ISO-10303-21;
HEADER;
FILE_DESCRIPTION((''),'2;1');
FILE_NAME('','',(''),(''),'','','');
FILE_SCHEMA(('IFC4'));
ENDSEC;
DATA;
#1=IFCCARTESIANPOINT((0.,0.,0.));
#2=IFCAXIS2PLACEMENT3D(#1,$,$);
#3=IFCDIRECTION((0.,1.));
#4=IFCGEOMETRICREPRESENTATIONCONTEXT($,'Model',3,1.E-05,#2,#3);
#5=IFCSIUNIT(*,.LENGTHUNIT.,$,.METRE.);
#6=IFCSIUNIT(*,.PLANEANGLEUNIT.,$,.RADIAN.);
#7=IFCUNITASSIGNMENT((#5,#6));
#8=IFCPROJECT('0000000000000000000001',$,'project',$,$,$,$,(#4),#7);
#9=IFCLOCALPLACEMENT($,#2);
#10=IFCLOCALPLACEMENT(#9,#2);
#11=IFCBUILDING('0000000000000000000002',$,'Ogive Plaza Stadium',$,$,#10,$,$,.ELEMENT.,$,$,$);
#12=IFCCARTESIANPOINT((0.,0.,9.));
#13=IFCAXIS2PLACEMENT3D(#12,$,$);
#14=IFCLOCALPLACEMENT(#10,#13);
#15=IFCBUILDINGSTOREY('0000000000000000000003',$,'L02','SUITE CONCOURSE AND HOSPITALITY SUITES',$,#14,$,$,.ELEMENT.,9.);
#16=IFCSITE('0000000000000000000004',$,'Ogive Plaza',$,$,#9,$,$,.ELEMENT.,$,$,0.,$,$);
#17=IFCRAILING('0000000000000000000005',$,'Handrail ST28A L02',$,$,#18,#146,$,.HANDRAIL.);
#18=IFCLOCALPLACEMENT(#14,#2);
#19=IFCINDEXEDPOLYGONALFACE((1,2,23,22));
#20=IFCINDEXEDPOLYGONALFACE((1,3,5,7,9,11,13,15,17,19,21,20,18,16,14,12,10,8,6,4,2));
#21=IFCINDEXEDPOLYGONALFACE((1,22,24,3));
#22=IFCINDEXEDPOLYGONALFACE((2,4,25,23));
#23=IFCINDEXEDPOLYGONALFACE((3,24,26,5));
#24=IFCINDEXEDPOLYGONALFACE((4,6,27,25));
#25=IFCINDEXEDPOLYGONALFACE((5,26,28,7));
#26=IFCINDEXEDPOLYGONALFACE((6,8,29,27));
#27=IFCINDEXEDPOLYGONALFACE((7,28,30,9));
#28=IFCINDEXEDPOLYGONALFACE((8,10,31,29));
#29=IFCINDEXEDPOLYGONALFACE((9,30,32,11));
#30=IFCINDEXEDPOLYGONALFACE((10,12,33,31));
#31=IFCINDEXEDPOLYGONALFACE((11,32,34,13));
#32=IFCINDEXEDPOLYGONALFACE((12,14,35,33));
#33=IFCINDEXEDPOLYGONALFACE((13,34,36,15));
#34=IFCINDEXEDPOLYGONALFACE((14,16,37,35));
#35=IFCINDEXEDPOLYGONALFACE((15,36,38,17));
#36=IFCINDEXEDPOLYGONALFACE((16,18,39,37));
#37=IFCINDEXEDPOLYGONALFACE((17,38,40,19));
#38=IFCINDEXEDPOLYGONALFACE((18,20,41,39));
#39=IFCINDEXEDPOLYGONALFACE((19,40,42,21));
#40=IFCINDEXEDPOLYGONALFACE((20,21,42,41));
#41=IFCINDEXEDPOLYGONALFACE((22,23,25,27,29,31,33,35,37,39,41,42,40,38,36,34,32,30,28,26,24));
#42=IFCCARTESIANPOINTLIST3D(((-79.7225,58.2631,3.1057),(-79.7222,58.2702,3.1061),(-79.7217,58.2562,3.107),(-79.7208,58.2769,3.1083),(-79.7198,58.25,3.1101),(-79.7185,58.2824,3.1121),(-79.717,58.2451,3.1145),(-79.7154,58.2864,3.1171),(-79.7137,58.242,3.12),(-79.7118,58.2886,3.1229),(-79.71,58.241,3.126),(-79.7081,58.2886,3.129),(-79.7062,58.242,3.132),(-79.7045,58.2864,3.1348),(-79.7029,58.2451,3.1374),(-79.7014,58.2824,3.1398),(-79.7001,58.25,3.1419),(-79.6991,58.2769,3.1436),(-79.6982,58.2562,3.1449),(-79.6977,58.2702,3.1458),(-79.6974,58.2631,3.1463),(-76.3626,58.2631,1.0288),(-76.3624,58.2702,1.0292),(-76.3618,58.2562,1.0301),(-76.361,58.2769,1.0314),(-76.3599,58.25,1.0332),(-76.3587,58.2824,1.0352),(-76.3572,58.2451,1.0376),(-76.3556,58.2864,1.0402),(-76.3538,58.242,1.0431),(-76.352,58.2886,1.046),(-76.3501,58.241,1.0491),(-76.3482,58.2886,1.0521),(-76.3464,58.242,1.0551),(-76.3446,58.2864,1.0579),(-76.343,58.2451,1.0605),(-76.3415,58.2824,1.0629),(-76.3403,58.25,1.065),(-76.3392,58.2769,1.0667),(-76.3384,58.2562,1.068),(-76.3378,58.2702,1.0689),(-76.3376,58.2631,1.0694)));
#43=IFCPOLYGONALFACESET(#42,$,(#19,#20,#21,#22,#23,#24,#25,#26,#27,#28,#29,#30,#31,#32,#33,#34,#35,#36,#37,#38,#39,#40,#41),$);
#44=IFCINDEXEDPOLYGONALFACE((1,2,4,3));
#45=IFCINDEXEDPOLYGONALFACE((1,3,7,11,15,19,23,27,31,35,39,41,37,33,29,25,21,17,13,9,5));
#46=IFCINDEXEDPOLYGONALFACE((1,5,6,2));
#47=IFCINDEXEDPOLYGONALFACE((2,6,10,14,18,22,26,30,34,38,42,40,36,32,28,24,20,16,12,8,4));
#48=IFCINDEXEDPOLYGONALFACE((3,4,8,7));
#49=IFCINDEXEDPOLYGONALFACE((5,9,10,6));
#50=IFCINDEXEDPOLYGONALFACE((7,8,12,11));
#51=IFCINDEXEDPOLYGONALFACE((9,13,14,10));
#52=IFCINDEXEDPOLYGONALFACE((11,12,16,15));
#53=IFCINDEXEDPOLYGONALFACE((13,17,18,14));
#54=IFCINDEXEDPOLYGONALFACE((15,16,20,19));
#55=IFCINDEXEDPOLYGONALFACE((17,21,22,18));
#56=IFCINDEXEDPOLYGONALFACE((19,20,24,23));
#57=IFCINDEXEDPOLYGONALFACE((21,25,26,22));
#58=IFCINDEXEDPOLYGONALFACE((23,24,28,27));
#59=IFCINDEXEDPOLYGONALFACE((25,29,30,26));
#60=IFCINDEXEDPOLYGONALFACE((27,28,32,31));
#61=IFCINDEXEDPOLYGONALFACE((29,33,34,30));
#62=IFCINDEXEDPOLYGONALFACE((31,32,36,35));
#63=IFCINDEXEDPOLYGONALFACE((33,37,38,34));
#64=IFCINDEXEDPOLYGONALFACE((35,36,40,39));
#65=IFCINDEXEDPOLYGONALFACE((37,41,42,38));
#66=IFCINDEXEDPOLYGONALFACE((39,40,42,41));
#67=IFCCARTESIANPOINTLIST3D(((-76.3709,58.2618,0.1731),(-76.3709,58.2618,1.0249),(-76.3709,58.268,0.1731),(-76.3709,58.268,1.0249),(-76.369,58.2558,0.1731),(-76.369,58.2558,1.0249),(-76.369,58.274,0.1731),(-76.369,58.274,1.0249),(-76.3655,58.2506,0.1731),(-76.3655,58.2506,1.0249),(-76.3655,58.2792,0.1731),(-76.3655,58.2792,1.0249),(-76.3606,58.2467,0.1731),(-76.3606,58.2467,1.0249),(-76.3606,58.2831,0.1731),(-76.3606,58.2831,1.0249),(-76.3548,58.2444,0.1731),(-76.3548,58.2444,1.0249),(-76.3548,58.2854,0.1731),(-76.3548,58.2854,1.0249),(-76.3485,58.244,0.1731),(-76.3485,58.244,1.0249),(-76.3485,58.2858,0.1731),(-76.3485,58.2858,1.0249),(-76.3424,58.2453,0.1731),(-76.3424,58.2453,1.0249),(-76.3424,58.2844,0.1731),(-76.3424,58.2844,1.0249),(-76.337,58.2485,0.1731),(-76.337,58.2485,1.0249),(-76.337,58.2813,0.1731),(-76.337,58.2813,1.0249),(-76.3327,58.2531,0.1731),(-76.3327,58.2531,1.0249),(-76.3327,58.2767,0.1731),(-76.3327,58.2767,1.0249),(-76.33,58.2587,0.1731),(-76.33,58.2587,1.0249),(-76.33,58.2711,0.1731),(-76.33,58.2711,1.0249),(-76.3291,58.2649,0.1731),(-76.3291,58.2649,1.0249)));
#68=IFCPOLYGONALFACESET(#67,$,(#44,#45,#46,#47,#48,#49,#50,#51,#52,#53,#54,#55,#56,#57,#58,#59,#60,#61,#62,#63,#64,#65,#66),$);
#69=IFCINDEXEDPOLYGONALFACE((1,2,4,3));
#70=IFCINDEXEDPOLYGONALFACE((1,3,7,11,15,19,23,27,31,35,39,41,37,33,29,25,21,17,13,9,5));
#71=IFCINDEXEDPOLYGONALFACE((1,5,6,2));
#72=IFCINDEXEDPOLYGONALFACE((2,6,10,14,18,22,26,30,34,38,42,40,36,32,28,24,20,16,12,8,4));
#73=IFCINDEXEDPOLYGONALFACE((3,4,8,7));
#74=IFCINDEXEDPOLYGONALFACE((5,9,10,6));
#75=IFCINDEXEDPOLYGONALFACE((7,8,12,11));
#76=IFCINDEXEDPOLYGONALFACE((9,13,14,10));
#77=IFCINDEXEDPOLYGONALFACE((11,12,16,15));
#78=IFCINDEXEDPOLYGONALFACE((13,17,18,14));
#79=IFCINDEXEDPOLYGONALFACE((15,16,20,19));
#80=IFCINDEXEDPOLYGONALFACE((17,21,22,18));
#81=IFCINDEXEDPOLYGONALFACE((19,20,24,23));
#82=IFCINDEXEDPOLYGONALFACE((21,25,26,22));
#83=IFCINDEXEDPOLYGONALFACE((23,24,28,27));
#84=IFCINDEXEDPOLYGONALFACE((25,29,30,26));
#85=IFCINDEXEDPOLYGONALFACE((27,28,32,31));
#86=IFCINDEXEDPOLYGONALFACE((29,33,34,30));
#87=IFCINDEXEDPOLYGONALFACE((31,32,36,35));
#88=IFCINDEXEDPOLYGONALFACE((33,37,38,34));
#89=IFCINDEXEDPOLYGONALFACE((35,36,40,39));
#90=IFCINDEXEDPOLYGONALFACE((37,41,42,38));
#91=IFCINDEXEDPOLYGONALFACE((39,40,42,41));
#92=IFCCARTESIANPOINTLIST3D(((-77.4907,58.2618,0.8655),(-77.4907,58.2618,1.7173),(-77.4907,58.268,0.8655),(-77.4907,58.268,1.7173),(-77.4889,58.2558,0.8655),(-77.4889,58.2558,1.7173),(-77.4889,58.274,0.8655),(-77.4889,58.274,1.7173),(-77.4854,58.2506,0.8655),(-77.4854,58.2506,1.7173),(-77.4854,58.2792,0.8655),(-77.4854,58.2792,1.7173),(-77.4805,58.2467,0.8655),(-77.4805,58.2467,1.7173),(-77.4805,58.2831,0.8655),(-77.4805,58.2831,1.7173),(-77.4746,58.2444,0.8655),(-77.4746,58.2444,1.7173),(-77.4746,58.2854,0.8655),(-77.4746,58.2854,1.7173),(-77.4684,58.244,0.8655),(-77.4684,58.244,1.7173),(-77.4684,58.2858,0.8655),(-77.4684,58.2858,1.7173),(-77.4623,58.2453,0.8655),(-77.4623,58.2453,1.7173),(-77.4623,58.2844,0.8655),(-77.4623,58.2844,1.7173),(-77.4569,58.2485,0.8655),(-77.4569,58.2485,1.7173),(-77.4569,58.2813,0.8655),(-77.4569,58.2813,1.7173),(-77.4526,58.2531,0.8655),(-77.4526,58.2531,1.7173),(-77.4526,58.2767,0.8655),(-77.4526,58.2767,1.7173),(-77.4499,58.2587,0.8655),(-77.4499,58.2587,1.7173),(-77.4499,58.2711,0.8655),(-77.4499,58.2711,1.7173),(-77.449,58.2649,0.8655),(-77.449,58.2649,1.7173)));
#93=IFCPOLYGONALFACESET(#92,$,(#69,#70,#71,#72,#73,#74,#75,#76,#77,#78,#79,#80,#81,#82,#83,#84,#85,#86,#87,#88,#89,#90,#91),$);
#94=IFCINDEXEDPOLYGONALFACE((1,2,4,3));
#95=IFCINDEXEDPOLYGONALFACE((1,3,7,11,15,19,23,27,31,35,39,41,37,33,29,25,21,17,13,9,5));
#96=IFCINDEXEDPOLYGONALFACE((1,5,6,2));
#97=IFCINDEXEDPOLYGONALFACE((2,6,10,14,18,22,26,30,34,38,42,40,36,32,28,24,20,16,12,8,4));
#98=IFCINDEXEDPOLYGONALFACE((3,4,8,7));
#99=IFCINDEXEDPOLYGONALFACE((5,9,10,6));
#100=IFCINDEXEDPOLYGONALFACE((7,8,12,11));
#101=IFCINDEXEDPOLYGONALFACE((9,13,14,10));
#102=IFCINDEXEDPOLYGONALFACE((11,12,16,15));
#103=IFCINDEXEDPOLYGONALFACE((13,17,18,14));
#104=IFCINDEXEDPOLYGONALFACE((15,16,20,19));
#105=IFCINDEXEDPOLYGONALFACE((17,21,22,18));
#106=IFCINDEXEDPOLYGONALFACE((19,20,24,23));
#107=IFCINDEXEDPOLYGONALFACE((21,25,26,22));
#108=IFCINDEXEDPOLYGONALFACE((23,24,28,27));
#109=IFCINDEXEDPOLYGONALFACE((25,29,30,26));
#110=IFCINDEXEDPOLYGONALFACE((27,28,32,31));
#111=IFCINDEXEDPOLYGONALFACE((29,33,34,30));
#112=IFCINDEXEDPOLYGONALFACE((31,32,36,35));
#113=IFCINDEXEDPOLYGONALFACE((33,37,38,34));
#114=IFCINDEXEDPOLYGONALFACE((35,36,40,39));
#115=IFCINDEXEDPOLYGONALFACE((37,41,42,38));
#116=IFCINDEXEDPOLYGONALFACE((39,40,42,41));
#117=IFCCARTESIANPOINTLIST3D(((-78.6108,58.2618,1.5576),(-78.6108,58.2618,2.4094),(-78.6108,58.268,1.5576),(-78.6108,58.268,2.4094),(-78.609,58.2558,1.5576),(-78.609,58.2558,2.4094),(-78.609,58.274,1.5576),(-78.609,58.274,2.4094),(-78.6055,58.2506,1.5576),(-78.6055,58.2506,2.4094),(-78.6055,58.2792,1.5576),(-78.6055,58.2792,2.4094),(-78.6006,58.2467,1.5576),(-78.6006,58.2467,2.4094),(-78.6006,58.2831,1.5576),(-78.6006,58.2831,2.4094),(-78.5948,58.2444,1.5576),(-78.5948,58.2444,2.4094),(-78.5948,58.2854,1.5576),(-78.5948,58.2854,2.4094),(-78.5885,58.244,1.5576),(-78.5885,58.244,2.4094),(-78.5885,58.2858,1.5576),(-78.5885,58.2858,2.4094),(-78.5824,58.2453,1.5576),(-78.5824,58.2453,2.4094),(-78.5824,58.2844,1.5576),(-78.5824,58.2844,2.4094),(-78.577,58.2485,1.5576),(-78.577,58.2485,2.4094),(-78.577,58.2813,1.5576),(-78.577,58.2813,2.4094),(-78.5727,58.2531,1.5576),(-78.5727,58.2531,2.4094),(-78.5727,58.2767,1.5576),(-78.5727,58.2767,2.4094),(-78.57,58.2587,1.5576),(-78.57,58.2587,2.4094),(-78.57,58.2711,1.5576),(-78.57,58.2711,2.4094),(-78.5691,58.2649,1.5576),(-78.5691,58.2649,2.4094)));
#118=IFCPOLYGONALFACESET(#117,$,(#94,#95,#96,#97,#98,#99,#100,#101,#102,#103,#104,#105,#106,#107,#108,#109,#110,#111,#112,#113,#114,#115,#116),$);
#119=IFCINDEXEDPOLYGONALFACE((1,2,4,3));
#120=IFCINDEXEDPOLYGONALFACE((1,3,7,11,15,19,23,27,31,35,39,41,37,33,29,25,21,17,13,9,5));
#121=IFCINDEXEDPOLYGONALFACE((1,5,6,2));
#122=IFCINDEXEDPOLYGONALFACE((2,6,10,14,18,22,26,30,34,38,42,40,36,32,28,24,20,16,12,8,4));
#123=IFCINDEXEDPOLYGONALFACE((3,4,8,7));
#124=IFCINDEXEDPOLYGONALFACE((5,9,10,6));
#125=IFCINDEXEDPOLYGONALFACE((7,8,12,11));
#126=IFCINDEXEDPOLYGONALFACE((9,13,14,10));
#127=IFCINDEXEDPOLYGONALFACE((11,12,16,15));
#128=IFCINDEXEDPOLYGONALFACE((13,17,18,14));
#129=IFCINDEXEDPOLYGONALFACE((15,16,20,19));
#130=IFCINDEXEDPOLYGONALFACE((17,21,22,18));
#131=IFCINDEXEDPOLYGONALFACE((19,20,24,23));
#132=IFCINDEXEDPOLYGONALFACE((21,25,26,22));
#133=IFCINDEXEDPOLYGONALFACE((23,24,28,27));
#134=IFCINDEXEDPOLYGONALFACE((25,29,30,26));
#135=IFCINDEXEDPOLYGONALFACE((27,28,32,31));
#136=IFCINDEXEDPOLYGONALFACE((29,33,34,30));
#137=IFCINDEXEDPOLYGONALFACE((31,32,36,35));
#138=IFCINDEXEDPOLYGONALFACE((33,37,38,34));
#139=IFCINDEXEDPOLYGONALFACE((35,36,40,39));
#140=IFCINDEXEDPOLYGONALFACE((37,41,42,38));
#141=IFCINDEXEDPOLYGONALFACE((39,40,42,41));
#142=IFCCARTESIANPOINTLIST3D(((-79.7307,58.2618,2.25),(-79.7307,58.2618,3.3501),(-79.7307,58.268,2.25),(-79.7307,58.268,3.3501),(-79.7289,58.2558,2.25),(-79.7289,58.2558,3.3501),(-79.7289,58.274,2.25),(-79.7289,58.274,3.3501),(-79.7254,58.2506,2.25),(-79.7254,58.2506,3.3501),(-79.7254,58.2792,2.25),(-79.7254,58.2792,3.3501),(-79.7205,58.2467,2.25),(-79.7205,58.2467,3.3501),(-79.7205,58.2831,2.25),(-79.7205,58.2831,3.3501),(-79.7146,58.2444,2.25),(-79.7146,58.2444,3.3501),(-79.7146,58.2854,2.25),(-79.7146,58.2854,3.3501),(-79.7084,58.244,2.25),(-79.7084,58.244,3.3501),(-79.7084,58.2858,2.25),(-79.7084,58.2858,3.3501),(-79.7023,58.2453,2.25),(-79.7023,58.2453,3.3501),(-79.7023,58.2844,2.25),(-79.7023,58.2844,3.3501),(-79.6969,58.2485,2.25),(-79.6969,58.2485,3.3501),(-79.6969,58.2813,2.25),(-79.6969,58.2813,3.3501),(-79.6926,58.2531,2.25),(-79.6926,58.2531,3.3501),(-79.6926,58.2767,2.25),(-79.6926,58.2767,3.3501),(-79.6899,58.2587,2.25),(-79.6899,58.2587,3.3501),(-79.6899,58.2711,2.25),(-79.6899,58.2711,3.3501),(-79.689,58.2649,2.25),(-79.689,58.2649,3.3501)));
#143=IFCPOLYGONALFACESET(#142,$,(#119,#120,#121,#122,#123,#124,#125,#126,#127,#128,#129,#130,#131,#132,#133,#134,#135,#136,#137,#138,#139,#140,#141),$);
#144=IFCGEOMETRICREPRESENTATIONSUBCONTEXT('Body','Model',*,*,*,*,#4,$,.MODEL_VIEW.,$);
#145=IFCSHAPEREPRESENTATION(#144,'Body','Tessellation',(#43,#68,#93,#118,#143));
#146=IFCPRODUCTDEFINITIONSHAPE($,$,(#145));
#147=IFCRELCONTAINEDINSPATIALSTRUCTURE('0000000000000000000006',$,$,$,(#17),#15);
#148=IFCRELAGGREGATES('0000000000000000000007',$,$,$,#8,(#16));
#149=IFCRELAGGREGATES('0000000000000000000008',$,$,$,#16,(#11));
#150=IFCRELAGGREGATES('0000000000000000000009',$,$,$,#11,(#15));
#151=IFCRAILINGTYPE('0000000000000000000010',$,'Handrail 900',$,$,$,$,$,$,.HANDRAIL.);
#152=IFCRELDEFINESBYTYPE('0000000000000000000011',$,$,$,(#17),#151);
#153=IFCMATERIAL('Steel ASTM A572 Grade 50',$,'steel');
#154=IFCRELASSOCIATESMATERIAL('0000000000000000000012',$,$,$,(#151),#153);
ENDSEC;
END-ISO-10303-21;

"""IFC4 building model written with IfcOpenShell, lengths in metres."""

from ifc_helpers import new_model, si_unit, direction, frame, origin, origin_2d, place, context, subcontext, project, spatial, circle, extrude, material, type_object, element, save


model = new_model("IFC4")

# Units and contexts
model_context = context("Model", 3, precision=1e-05, world=origin(), true_north=direction((0.0, 1.0)))
body_context = subcontext(model_context, "Body", "Model", "MODEL_VIEW")
ifc_project = project(units=[si_unit("LENGTHUNIT", "METRE"), si_unit("PLANEANGLEUNIT", "RADIAN")], contexts=[model_context])

# Site, building, storey
site_placement = place(None, origin())
site = spatial("IfcSite", under=ifc_project, at=site_placement, Name="Ogive Plaza", CompositionType="ELEMENT", RefElevation=0.0)
building_placement = place(site_placement, origin())
building = spatial("IfcBuilding", under=site, at=building_placement, Name="Ogive Plaza Stadium", CompositionType="ELEMENT")
storey_placement = place(building_placement, frame((0.0, 0.0, 9.0)))
storey = spatial("IfcBuildingStorey", under=building, at=storey_placement, Name="L02", Description="SUITE CONCOURSE AND HOSPITALITY SUITES", CompositionType="ELEMENT", Elevation=9.0)

# Railing
ifc_material_1 = material(Name="Steel ASTM A572 Grade 50", Category="steel")
railing_type_1 = type_object("IfcRailingType", Name="Handrail 900", PredefinedType="HANDRAIL", material=ifc_material_1)
for number, where, name in (
    (1, (-76.3501, 58.2649, 0.1731), "Handrail ST28A L02"),
):
    element("IfcRailing", number, at=place(storey_placement, frame(where)), inside=storey, type_object=railing_type_1, Name=name, PredefinedType="HANDRAIL", context=body_context, shape_type="SweptSolid", body=[
        extrude(circle(Radius=0.0239, at=origin_2d()), frame((0.0, 0.0, 0.876), z_axis=(-0.850606, 0.0, 0.525803), x_axis=(0.0, -1.0, 0.0)), (0.0, 0.0, 1.0), 3.95),
        extrude(circle(Radius=0.021, at=origin_2d()), origin(), (0.0, 0.0, 1.0), 0.8518),
        extrude(circle(Radius=0.021, at=origin_2d()), frame((-1.1199, 0.0, 0.6924)), (0.0, 0.0, 1.0), 0.8518),
        extrude(circle(Radius=0.021, at=origin_2d()), frame((-2.24, 0.0, 1.3845)), (0.0, 0.0, 1.0), 0.8518),
        extrude(circle(Radius=0.021, at=origin_2d()), frame((-3.3599, 0.0, 2.0769)), (0.0, 0.0, 1.0), 1.1001),
    ])

save(model, "model.ifc")
